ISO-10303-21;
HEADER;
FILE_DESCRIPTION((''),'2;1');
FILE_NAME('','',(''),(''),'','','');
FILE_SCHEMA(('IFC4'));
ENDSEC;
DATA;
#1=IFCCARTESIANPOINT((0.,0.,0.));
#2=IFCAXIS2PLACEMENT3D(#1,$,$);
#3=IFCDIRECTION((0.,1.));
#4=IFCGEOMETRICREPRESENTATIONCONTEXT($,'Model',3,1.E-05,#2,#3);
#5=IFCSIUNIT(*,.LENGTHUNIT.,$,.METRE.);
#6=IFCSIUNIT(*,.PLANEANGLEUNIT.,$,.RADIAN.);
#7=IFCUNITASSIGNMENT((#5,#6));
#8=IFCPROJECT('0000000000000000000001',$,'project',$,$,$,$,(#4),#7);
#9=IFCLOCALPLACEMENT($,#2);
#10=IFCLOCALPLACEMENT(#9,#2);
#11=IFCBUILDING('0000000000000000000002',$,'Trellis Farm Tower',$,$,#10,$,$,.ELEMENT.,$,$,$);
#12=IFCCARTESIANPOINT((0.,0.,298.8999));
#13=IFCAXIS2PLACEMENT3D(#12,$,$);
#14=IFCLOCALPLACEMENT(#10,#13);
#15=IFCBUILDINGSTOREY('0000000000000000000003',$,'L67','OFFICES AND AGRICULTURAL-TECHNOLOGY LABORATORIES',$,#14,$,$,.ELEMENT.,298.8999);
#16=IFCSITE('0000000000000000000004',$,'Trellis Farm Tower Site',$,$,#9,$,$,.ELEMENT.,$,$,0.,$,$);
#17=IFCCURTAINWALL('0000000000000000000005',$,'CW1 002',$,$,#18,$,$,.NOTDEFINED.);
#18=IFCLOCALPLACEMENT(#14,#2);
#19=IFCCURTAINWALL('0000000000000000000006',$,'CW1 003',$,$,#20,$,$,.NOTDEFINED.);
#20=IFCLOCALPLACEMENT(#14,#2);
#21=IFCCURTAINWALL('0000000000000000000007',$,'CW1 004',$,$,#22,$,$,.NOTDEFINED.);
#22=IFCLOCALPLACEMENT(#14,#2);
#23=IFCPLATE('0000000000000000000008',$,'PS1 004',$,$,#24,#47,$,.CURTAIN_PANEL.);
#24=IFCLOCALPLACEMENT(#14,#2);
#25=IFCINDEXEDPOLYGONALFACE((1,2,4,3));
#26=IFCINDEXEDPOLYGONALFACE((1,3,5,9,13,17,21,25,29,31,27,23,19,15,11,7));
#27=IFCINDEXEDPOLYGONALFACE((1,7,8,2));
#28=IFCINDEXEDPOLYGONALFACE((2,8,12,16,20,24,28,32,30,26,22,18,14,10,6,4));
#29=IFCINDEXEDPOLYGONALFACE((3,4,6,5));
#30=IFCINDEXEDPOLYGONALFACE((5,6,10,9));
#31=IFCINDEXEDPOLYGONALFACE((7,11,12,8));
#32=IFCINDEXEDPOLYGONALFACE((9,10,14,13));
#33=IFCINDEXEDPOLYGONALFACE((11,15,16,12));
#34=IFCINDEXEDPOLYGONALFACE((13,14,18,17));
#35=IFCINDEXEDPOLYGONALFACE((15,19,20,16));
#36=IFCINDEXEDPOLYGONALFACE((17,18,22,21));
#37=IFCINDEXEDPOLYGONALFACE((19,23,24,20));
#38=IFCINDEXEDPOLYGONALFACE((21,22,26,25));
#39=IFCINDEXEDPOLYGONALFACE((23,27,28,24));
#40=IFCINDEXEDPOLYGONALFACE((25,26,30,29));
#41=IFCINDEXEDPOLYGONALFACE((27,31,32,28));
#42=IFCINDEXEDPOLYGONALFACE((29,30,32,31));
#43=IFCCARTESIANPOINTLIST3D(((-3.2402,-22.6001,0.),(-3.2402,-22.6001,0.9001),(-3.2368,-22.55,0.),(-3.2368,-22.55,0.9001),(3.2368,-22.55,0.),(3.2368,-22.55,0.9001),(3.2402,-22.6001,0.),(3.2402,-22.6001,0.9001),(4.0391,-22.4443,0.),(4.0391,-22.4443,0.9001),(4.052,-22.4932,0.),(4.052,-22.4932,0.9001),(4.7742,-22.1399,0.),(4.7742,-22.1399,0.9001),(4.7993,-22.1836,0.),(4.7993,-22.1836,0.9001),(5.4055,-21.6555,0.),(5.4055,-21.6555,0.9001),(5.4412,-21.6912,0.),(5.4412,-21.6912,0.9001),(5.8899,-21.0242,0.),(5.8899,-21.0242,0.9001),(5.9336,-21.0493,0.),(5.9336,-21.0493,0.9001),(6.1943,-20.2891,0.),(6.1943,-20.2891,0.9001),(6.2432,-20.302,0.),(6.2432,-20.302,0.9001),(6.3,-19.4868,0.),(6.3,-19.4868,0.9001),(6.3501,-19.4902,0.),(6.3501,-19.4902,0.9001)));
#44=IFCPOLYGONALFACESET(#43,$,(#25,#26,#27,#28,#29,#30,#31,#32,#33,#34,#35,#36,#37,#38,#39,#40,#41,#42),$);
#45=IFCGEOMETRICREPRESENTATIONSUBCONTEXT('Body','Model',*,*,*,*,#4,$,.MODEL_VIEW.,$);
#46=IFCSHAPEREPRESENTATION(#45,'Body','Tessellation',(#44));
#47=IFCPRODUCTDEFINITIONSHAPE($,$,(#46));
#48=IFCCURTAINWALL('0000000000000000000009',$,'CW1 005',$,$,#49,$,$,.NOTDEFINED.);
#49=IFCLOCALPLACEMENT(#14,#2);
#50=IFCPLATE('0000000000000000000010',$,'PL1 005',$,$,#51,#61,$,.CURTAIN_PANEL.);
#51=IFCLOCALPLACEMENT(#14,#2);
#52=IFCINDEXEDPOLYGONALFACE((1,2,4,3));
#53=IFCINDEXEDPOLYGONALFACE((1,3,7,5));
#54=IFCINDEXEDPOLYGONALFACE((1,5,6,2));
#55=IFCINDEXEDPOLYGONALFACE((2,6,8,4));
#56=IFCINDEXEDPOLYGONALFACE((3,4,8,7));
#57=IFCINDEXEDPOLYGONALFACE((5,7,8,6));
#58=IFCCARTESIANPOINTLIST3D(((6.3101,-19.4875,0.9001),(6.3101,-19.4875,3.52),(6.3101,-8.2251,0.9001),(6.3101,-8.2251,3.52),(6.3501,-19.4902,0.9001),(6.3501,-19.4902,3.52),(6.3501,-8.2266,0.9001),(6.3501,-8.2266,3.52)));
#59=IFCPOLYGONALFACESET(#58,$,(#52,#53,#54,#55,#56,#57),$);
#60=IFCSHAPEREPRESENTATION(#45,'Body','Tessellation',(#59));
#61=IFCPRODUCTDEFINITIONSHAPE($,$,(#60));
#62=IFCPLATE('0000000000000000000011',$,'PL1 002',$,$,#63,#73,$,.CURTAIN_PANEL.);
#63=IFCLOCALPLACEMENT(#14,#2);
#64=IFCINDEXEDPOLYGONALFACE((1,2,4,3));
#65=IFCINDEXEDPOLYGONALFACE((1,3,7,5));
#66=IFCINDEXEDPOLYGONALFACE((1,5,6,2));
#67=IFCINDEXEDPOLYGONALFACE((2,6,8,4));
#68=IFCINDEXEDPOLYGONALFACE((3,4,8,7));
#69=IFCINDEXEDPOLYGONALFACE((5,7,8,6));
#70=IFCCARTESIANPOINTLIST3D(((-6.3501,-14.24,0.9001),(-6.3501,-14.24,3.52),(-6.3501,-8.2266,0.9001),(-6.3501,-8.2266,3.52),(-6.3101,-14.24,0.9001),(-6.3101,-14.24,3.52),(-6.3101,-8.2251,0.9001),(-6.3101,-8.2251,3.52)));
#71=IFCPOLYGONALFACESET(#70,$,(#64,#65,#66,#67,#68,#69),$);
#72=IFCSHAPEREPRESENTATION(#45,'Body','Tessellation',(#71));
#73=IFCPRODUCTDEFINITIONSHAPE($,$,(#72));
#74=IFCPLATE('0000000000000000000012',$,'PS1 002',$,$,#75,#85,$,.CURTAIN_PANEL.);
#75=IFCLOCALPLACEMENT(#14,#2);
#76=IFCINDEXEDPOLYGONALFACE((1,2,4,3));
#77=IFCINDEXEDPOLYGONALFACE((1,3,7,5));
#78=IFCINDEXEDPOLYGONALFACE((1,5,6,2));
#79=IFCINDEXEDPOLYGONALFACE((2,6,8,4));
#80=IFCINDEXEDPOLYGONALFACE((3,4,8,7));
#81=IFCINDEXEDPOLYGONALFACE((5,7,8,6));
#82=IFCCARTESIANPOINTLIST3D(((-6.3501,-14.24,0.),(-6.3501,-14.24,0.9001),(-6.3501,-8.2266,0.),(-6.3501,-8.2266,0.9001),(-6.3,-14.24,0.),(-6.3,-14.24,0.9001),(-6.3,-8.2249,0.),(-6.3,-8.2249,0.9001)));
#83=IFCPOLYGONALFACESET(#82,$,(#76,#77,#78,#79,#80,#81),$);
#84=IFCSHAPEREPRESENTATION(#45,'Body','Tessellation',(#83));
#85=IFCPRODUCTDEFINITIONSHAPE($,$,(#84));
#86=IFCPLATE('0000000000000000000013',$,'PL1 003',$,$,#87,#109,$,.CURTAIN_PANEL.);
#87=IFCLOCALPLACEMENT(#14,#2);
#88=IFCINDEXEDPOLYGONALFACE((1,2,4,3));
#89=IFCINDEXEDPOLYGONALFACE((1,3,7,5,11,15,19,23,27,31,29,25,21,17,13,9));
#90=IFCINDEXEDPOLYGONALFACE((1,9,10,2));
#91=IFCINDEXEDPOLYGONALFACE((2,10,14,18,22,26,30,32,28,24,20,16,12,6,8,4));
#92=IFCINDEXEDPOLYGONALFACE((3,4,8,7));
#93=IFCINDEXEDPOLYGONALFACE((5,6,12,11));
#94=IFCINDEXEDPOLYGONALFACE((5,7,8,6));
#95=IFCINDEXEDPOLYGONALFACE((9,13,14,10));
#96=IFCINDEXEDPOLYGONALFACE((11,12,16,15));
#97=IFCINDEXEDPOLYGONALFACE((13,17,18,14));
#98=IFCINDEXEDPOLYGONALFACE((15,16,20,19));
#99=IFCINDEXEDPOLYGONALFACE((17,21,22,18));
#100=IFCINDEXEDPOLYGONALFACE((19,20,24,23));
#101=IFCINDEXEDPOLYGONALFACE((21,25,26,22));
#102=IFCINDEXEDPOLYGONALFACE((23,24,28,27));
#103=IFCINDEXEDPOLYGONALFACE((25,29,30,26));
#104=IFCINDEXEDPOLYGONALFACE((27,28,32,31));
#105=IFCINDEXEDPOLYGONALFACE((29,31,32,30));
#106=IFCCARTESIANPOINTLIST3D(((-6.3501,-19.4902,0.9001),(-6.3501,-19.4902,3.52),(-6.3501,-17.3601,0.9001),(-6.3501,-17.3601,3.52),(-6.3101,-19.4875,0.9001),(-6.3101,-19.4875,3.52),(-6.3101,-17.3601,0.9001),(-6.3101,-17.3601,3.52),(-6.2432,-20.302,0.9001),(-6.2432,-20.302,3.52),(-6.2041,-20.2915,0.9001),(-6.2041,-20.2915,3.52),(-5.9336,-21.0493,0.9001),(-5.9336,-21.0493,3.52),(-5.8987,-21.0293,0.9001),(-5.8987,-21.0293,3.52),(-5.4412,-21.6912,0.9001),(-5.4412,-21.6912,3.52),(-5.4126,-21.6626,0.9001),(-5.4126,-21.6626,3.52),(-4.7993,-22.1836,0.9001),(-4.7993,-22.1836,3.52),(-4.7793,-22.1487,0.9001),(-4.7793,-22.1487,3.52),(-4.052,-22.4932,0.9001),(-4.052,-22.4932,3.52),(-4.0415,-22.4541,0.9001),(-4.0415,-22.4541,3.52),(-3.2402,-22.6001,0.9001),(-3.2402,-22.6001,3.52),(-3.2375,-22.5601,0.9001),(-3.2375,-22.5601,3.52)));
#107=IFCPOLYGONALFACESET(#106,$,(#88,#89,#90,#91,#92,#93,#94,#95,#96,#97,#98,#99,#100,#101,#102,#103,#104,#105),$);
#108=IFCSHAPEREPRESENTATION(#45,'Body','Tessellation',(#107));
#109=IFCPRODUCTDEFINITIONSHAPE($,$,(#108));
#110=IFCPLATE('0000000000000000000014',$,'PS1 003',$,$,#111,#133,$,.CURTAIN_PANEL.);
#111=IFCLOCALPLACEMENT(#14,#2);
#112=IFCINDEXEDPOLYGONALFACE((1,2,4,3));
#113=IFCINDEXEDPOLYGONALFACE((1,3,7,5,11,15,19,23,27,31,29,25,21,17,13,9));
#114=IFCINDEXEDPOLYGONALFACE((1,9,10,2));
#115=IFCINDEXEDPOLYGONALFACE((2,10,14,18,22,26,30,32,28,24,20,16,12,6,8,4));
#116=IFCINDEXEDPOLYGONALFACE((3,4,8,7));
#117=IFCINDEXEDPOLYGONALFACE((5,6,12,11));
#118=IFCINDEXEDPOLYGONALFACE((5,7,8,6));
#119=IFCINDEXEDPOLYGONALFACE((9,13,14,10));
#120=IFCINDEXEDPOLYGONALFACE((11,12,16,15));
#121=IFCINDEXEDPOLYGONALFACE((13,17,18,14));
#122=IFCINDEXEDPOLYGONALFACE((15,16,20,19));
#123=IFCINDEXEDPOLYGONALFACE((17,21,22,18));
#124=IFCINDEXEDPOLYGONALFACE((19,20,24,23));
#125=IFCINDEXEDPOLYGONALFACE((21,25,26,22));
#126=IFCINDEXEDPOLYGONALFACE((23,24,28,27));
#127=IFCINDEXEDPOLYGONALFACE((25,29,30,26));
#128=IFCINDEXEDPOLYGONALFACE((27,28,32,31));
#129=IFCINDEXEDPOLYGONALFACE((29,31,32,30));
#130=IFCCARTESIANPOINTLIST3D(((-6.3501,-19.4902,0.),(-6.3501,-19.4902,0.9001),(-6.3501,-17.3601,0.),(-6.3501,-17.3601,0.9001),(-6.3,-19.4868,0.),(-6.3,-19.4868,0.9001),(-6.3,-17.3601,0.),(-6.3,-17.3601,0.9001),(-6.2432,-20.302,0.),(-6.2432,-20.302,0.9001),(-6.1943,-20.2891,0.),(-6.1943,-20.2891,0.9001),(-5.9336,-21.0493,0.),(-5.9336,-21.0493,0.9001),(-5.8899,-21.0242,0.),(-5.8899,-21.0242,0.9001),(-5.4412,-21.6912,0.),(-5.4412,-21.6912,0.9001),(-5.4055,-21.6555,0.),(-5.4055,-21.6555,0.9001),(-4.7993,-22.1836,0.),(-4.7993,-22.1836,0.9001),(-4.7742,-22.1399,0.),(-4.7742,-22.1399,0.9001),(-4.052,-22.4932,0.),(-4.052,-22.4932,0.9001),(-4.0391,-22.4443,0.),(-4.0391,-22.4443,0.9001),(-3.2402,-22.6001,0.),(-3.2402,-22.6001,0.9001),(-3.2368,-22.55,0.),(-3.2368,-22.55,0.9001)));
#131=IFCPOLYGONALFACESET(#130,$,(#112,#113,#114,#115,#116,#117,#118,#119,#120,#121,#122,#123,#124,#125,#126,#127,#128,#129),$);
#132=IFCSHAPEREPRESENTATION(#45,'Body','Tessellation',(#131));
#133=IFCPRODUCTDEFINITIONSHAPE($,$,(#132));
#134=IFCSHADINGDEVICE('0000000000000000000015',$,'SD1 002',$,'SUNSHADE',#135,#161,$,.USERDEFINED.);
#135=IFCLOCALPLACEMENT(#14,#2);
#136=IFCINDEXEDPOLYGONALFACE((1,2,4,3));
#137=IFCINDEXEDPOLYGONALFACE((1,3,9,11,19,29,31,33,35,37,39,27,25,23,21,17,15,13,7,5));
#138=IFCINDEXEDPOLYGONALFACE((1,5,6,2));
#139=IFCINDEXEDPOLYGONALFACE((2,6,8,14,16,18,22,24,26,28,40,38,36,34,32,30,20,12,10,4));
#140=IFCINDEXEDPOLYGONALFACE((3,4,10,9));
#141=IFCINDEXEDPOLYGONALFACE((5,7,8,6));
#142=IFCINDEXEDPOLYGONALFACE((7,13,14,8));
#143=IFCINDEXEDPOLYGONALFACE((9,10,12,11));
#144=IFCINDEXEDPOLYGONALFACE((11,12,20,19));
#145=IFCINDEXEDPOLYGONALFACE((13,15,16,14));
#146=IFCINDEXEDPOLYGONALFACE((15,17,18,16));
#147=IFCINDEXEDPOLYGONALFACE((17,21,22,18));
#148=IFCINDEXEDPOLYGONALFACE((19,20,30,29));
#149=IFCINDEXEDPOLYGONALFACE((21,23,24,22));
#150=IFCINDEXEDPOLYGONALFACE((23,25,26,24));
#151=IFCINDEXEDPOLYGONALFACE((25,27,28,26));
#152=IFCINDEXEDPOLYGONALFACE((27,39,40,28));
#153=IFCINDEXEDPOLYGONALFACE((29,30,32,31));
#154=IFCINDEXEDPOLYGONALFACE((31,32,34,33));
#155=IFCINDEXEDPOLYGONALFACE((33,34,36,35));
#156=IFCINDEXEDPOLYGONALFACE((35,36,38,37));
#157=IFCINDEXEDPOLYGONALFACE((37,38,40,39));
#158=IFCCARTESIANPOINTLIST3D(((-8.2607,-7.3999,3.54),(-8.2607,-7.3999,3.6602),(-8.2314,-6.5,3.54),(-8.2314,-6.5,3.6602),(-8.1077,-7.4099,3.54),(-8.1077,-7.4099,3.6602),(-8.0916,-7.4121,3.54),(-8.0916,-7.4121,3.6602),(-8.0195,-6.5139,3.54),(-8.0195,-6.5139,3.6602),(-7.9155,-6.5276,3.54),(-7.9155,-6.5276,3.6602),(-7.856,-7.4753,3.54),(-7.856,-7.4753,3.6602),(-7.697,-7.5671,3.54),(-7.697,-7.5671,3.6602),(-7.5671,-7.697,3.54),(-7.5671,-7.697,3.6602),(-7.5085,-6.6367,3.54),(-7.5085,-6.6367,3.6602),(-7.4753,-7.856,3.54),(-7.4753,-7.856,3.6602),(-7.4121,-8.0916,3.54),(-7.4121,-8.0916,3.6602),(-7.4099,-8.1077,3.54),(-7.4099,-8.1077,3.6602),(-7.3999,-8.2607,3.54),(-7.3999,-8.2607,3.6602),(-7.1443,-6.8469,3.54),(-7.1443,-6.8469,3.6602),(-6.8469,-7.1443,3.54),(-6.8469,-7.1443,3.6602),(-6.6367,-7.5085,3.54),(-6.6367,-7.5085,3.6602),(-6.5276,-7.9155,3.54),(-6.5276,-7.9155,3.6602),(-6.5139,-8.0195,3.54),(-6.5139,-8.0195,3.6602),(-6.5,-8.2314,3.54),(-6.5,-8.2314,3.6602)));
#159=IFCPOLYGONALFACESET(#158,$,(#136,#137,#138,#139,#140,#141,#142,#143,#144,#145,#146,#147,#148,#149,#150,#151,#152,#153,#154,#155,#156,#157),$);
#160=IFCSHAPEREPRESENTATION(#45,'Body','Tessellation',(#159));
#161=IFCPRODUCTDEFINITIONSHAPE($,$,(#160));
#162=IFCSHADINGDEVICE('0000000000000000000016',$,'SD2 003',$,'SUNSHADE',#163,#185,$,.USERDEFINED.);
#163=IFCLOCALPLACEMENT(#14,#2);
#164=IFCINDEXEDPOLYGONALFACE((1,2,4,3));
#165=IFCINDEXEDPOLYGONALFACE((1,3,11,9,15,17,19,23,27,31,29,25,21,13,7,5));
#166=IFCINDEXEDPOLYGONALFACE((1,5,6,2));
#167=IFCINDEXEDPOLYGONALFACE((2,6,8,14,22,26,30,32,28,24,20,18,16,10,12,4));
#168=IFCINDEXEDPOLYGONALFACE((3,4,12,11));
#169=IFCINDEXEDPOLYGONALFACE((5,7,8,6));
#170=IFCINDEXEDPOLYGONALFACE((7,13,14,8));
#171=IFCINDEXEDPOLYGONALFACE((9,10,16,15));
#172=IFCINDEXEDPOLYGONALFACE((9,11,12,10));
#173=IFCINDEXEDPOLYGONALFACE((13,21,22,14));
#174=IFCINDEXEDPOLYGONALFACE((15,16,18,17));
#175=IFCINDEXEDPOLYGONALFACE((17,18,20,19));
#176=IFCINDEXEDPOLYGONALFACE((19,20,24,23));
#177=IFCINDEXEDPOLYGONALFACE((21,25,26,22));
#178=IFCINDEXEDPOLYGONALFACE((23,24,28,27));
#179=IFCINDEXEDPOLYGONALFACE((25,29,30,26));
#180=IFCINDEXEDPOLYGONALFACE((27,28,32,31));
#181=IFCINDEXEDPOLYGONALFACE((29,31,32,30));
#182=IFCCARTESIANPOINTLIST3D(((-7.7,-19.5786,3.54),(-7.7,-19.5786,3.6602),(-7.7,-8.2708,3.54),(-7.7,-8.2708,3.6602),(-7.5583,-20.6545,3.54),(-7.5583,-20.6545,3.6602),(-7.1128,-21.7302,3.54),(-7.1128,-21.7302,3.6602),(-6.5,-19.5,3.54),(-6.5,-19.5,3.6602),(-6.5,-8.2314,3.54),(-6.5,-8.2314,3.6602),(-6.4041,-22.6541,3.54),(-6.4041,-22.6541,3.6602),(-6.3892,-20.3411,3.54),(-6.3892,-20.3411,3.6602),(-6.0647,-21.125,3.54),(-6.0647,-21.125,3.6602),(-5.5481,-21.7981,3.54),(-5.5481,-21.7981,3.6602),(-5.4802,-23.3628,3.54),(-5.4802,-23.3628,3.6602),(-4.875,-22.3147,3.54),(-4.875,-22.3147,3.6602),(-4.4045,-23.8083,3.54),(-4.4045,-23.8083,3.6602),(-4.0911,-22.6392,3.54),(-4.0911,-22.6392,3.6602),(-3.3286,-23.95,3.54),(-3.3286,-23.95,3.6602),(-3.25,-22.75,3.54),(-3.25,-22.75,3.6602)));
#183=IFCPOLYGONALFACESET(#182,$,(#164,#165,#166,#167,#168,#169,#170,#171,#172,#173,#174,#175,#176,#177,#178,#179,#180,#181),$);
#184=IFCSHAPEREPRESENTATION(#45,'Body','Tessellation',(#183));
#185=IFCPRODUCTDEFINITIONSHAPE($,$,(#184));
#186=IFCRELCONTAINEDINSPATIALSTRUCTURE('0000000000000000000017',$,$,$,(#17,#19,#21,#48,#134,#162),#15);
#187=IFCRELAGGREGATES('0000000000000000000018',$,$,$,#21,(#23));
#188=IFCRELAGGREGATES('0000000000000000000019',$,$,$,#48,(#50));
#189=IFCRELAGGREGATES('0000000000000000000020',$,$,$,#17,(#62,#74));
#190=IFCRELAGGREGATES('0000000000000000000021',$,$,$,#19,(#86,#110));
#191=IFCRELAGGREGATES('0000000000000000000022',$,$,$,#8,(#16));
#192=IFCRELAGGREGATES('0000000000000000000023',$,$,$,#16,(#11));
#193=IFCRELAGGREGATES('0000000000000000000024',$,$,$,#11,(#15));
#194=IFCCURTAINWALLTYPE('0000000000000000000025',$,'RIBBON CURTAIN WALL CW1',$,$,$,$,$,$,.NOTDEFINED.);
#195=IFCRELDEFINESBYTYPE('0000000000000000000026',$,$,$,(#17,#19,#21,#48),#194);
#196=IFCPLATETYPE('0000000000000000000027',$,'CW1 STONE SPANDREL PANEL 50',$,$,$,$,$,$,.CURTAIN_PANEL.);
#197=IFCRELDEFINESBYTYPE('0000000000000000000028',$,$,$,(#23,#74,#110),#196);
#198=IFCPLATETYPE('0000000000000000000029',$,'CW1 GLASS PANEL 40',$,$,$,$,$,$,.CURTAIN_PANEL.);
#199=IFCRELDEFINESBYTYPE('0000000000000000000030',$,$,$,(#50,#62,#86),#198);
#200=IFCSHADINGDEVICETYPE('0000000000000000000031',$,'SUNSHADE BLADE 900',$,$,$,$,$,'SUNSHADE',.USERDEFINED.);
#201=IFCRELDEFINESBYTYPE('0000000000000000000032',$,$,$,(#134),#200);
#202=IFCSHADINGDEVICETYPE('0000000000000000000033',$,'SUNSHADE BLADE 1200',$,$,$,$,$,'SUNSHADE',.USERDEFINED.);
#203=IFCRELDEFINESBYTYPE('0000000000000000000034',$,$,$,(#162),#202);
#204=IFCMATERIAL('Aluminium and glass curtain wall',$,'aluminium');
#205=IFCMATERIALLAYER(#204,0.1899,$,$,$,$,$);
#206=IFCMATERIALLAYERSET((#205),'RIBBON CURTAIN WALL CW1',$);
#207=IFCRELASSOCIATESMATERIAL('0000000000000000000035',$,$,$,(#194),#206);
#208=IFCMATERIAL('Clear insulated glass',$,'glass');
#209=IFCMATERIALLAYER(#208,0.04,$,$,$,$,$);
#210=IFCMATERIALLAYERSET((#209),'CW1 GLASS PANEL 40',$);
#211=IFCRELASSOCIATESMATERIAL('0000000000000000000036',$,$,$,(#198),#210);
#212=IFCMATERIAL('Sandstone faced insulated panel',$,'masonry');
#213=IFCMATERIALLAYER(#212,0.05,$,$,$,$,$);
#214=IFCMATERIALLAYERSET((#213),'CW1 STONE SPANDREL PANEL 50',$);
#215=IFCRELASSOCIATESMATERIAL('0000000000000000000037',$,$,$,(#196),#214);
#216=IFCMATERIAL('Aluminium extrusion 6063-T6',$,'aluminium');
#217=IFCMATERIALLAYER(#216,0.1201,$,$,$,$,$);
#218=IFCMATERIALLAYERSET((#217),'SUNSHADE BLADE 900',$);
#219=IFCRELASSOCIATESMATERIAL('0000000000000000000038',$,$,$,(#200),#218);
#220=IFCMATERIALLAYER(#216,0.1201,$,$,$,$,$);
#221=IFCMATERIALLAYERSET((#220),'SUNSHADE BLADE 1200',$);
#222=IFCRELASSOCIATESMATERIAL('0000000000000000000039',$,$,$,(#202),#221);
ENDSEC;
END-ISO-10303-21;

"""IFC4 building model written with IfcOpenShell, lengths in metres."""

from ifc_helpers import new_model, si_unit, direction, frame, origin, place, context, subcontext, project, spatial, polyline, outline, extrude, source, transform, mapped, material, layer, layer_set, type_object, element, aggregate, save


model = new_model("IFC4")

# Units and contexts
model_context = context("Model", 3, precision=1e-05, world=origin(), true_north=direction((0.0, 1.0)))
body_context = subcontext(model_context, "Body", "Model", "MODEL_VIEW")
ifc_project = project(units=[si_unit("LENGTHUNIT", "METRE"), si_unit("PLANEANGLEUNIT", "RADIAN")], contexts=[model_context])

# Site, building, storey
site_placement = place(None, origin())
site = spatial("IfcSite", under=ifc_project, at=site_placement, Name="Trellis Farm Tower Site", CompositionType="ELEMENT", RefElevation=0.0)
building_placement = place(site_placement, origin())
building = spatial("IfcBuilding", under=site, at=building_placement, Name="Trellis Farm Tower", CompositionType="ELEMENT")
storey_placement = place(building_placement, frame((0.0, 0.0, 298.8999)))
storey = spatial("IfcBuildingStorey", under=building, at=storey_placement, Name="L67", Description="OFFICES AND AGRICULTURAL-TECHNOLOGY LABORATORIES", CompositionType="ELEMENT", Elevation=298.8999)

# Curtain walls
ifc_material_1 = material(Name="Aluminium and glass curtain wall", Category="aluminium")
ifc_layer_1 = layer(ifc_material_1, 0.1899)
ifc_layer_set_1 = layer_set([ifc_layer_1], Name="RIBBON CURTAIN WALL CW1")
curtain_wall_type_1 = type_object("IfcCurtainWallType", Name="RIBBON CURTAIN WALL CW1", PredefinedType="NOTDEFINED", material=ifc_layer_set_1)
placement_1 = place(storey_placement, origin())
curtain_wall_1 = element("IfcCurtainWall", 1, at=placement_1, inside=storey, type_object=curtain_wall_type_1, Name="CW1 002", PredefinedType="NOTDEFINED")
ifc_material_2 = material(Name="Aluminium extrusion 6063-T6", Category="aluminium")
curtain_wall_2 = element("IfcCurtainWall", 2, at=placement_1, inside=storey, type_object=curtain_wall_type_1, Name="CW1 003", PredefinedType="NOTDEFINED")
curtain_wall_3 = element("IfcCurtainWall", 3, at=placement_1, inside=storey, type_object=curtain_wall_type_1, Name="CW1 004", PredefinedType="NOTDEFINED")

# Plate
ifc_material_3 = material(Name="Clear insulated glass", Category="glass")
ifc_layer_2 = layer(ifc_material_3, 0.04)
ifc_layer_set_2 = layer_set([ifc_layer_2], Name="CW1 GLASS PANEL 40")
plate_type_1 = type_object("IfcPlateType", Name="CW1 GLASS PANEL 40", PredefinedType="CURTAIN_PANEL", material=ifc_layer_set_2)
placement_2 = place(storey_placement, frame((0.0, 0.0, 0.9001)))
ifc_material_4 = material(Name="Sandstone faced insulated panel", Category="masonry")
ifc_layer_3 = layer(ifc_material_4, 0.05)
ifc_layer_set_3 = layer_set([ifc_layer_3], Name="CW1 STONE SPANDREL PANEL 50")
plate_type_2 = type_object("IfcPlateType", Name="CW1 STONE SPANDREL PANEL 50", PredefinedType="CURTAIN_PANEL", material=ifc_layer_set_3)
shared_shape_1 = source(origin(), body_context, "Body", "SweptSolid", [
    extrude(outline(polyline([(-3.2402, -22.6001), (3.2402, -22.6001), (4.052, -22.4932), (4.7993, -22.1836), (5.4412, -21.6912), (5.9336, -21.0493), (6.2432, -20.302), (6.3501, -19.4902), (6.3, -19.4868), (6.1943, -20.2891), (5.8899, -21.0242), (5.4055, -21.6555), (4.7742, -22.1399), (4.0391, -22.4443), (3.2368, -22.55), (-3.2368, -22.55), (-3.2402, -22.6001)])), origin(), (0.0, 0.0, 1.0), 0.9001),
])
plate_1 = element("IfcPlate", 4, at=placement_1, type_object=plate_type_2, Name="PS1 004", PredefinedType="CURTAIN_PANEL", context=body_context, shape_type="MappedRepresentation", body=[
    mapped(shared_shape_1, transform((0.0, 0.0, 0.0))),
])
aggregate(curtain_wall_3, [plate_1])

# Curtain wall, plate
curtain_wall_4 = element("IfcCurtainWall", 5, at=placement_1, inside=storey, type_object=curtain_wall_type_1, Name="CW1 005", PredefinedType="NOTDEFINED")
shared_shape_2 = source(origin(), body_context, "Body", "SweptSolid", [
    extrude(outline(polyline([(6.3501, -19.4902), (6.3501, -8.2266), (6.3101, -8.2251), (6.3101, -19.4875), (6.3501, -19.4902)])), origin(), (0.0, 0.0, 1.0), 2.6199),
])
plate_2 = element("IfcPlate", 6, at=placement_2, type_object=plate_type_1, Name="PL1 005", PredefinedType="CURTAIN_PANEL", context=body_context, shape_type="MappedRepresentation", body=[
    mapped(shared_shape_2, transform((0.0, 0.0, 0.0))),
])
aggregate(curtain_wall_4, [plate_2])

# Plates
shared_shape_3 = source(origin(), body_context, "Body", "SweptSolid", [
    extrude(outline(polyline([(-6.3501, -8.2266), (-6.3501, -14.24), (-6.3101, -14.24), (-6.3101, -8.2251), (-6.3501, -8.2266)])), origin(), (0.0, 0.0, 1.0), 2.6199),
])
plate_3 = element("IfcPlate", 7, at=placement_2, type_object=plate_type_1, Name="PL1 002", PredefinedType="CURTAIN_PANEL", context=body_context, shape_type="MappedRepresentation", body=[
    mapped(shared_shape_3, transform((0.0, 0.0, 0.0))),
])
shared_shape_4 = source(origin(), body_context, "Body", "SweptSolid", [
    extrude(outline(polyline([(-6.3501, -8.2266), (-6.3501, -14.24), (-6.3, -14.24), (-6.3, -8.2249), (-6.3501, -8.2266)])), origin(), (0.0, 0.0, 1.0), 0.9001),
])
plate_4 = element("IfcPlate", 8, at=placement_1, type_object=plate_type_2, Name="PS1 002", PredefinedType="CURTAIN_PANEL", context=body_context, shape_type="MappedRepresentation", body=[
    mapped(shared_shape_4, transform((0.0, 0.0, 0.0))),
])
aggregate(curtain_wall_1, [plate_3, plate_4])
shared_shape_5 = source(origin(), body_context, "Body", "SweptSolid", [
    extrude(outline(polyline([(-6.3501, -17.3601), (-6.3501, -19.4902), (-6.2432, -20.302), (-5.9336, -21.0493), (-5.4412, -21.6912), (-4.7993, -22.1836), (-4.052, -22.4932), (-3.2402, -22.6001), (-3.2375, -22.5601), (-4.0415, -22.4541), (-4.7793, -22.1487), (-5.4126, -21.6626), (-5.8987, -21.0293), (-6.2041, -20.2915), (-6.3101, -19.4875), (-6.3101, -17.3601), (-6.3501, -17.3601)])), origin(), (0.0, 0.0, 1.0), 2.6199),
])
plate_5 = element("IfcPlate", 9, at=placement_2, type_object=plate_type_1, Name="PL1 003", PredefinedType="CURTAIN_PANEL", context=body_context, shape_type="MappedRepresentation", body=[
    mapped(shared_shape_5, transform((0.0, 0.0, 0.0))),
])
shared_shape_6 = source(origin(), body_context, "Body", "SweptSolid", [
    extrude(outline(polyline([(-6.3501, -17.3601), (-6.3501, -19.4902), (-6.2432, -20.302), (-5.9336, -21.0493), (-5.4412, -21.6912), (-4.7993, -22.1836), (-4.052, -22.4932), (-3.2402, -22.6001), (-3.2368, -22.55), (-4.0391, -22.4443), (-4.7742, -22.1399), (-5.4055, -21.6555), (-5.8899, -21.0242), (-6.1943, -20.2891), (-6.3, -19.4868), (-6.3, -17.3601), (-6.3501, -17.3601)])), origin(), (0.0, 0.0, 1.0), 0.9001),
])
plate_6 = element("IfcPlate", 10, at=placement_1, type_object=plate_type_2, Name="PS1 003", PredefinedType="CURTAIN_PANEL", context=body_context, shape_type="MappedRepresentation", body=[
    mapped(shared_shape_6, transform((0.0, 0.0, 0.0))),
])
aggregate(curtain_wall_2, [plate_5, plate_6])

# Shading devices
ifc_layer_4 = layer(ifc_material_2, 0.1201)
ifc_layer_set_4 = layer_set([ifc_layer_4], Name="SUNSHADE BLADE 900")
shading_device_type_1 = type_object("IfcShadingDeviceType", Name="SUNSHADE BLADE 900", ElementType="SUNSHADE", PredefinedType="USERDEFINED", material=ifc_layer_set_4)
shared_shape_7 = source(origin(), body_context, "Body", "SweptSolid", [
    extrude(outline(polyline([(-8.2607, -7.3999), (-8.1077, -7.4099), (-8.0916, -7.4121), (-7.856, -7.4753), (-7.697, -7.5671), (-7.5671, -7.697), (-7.4753, -7.856), (-7.4121, -8.0916), (-7.4099, -8.1077), (-7.3999, -8.2607), (-6.5, -8.2314), (-6.5139, -8.0195), (-6.5276, -7.9155), (-6.6367, -7.5085), (-6.8469, -7.1443), (-7.1443, -6.8469), (-7.5085, -6.6367), (-7.9155, -6.5276), (-8.0195, -6.5139), (-8.2314, -6.5), (-8.2607, -7.3999)])), origin(), (0.0, 0.0, 1.0), 0.1201),
])
placement_3 = place(storey_placement, frame((0.0, 0.0, 3.54)))
element("IfcShadingDevice", 11, at=placement_3, inside=storey, type_object=shading_device_type_1, Name="SD1 002", ObjectType="SUNSHADE", PredefinedType="USERDEFINED", context=body_context, shape_type="MappedRepresentation", body=[
    mapped(shared_shape_7, transform((0.0, 0.0, 0.0))),
])
ifc_layer_5 = layer(ifc_material_2, 0.1201)
ifc_layer_set_5 = layer_set([ifc_layer_5], Name="SUNSHADE BLADE 1200")
shading_device_type_2 = type_object("IfcShadingDeviceType", Name="SUNSHADE BLADE 1200", ElementType="SUNSHADE", PredefinedType="USERDEFINED", material=ifc_layer_set_5)
shared_shape_8 = source(origin(), body_context, "Body", "SweptSolid", [
    extrude(outline(polyline([(-7.7, -8.2708), (-7.7, -19.5786), (-7.5583, -20.6545), (-7.1128, -21.7302), (-6.4041, -22.6541), (-5.4802, -23.3628), (-4.4045, -23.8083), (-3.3286, -23.95), (-3.25, -22.75), (-4.0911, -22.6392), (-4.875, -22.3147), (-5.5481, -21.7981), (-6.0647, -21.125), (-6.3892, -20.3411), (-6.5, -19.5), (-6.5, -8.2314), (-7.7, -8.2708)])), origin(), (0.0, 0.0, 1.0), 0.1201),
])
element("IfcShadingDevice", 12, at=placement_3, inside=storey, type_object=shading_device_type_2, Name="SD2 003", ObjectType="SUNSHADE", PredefinedType="USERDEFINED", context=body_context, shape_type="MappedRepresentation", body=[
    mapped(shared_shape_8, transform((0.0, 0.0, 0.0))),
])

save(model, "model.ifc")
